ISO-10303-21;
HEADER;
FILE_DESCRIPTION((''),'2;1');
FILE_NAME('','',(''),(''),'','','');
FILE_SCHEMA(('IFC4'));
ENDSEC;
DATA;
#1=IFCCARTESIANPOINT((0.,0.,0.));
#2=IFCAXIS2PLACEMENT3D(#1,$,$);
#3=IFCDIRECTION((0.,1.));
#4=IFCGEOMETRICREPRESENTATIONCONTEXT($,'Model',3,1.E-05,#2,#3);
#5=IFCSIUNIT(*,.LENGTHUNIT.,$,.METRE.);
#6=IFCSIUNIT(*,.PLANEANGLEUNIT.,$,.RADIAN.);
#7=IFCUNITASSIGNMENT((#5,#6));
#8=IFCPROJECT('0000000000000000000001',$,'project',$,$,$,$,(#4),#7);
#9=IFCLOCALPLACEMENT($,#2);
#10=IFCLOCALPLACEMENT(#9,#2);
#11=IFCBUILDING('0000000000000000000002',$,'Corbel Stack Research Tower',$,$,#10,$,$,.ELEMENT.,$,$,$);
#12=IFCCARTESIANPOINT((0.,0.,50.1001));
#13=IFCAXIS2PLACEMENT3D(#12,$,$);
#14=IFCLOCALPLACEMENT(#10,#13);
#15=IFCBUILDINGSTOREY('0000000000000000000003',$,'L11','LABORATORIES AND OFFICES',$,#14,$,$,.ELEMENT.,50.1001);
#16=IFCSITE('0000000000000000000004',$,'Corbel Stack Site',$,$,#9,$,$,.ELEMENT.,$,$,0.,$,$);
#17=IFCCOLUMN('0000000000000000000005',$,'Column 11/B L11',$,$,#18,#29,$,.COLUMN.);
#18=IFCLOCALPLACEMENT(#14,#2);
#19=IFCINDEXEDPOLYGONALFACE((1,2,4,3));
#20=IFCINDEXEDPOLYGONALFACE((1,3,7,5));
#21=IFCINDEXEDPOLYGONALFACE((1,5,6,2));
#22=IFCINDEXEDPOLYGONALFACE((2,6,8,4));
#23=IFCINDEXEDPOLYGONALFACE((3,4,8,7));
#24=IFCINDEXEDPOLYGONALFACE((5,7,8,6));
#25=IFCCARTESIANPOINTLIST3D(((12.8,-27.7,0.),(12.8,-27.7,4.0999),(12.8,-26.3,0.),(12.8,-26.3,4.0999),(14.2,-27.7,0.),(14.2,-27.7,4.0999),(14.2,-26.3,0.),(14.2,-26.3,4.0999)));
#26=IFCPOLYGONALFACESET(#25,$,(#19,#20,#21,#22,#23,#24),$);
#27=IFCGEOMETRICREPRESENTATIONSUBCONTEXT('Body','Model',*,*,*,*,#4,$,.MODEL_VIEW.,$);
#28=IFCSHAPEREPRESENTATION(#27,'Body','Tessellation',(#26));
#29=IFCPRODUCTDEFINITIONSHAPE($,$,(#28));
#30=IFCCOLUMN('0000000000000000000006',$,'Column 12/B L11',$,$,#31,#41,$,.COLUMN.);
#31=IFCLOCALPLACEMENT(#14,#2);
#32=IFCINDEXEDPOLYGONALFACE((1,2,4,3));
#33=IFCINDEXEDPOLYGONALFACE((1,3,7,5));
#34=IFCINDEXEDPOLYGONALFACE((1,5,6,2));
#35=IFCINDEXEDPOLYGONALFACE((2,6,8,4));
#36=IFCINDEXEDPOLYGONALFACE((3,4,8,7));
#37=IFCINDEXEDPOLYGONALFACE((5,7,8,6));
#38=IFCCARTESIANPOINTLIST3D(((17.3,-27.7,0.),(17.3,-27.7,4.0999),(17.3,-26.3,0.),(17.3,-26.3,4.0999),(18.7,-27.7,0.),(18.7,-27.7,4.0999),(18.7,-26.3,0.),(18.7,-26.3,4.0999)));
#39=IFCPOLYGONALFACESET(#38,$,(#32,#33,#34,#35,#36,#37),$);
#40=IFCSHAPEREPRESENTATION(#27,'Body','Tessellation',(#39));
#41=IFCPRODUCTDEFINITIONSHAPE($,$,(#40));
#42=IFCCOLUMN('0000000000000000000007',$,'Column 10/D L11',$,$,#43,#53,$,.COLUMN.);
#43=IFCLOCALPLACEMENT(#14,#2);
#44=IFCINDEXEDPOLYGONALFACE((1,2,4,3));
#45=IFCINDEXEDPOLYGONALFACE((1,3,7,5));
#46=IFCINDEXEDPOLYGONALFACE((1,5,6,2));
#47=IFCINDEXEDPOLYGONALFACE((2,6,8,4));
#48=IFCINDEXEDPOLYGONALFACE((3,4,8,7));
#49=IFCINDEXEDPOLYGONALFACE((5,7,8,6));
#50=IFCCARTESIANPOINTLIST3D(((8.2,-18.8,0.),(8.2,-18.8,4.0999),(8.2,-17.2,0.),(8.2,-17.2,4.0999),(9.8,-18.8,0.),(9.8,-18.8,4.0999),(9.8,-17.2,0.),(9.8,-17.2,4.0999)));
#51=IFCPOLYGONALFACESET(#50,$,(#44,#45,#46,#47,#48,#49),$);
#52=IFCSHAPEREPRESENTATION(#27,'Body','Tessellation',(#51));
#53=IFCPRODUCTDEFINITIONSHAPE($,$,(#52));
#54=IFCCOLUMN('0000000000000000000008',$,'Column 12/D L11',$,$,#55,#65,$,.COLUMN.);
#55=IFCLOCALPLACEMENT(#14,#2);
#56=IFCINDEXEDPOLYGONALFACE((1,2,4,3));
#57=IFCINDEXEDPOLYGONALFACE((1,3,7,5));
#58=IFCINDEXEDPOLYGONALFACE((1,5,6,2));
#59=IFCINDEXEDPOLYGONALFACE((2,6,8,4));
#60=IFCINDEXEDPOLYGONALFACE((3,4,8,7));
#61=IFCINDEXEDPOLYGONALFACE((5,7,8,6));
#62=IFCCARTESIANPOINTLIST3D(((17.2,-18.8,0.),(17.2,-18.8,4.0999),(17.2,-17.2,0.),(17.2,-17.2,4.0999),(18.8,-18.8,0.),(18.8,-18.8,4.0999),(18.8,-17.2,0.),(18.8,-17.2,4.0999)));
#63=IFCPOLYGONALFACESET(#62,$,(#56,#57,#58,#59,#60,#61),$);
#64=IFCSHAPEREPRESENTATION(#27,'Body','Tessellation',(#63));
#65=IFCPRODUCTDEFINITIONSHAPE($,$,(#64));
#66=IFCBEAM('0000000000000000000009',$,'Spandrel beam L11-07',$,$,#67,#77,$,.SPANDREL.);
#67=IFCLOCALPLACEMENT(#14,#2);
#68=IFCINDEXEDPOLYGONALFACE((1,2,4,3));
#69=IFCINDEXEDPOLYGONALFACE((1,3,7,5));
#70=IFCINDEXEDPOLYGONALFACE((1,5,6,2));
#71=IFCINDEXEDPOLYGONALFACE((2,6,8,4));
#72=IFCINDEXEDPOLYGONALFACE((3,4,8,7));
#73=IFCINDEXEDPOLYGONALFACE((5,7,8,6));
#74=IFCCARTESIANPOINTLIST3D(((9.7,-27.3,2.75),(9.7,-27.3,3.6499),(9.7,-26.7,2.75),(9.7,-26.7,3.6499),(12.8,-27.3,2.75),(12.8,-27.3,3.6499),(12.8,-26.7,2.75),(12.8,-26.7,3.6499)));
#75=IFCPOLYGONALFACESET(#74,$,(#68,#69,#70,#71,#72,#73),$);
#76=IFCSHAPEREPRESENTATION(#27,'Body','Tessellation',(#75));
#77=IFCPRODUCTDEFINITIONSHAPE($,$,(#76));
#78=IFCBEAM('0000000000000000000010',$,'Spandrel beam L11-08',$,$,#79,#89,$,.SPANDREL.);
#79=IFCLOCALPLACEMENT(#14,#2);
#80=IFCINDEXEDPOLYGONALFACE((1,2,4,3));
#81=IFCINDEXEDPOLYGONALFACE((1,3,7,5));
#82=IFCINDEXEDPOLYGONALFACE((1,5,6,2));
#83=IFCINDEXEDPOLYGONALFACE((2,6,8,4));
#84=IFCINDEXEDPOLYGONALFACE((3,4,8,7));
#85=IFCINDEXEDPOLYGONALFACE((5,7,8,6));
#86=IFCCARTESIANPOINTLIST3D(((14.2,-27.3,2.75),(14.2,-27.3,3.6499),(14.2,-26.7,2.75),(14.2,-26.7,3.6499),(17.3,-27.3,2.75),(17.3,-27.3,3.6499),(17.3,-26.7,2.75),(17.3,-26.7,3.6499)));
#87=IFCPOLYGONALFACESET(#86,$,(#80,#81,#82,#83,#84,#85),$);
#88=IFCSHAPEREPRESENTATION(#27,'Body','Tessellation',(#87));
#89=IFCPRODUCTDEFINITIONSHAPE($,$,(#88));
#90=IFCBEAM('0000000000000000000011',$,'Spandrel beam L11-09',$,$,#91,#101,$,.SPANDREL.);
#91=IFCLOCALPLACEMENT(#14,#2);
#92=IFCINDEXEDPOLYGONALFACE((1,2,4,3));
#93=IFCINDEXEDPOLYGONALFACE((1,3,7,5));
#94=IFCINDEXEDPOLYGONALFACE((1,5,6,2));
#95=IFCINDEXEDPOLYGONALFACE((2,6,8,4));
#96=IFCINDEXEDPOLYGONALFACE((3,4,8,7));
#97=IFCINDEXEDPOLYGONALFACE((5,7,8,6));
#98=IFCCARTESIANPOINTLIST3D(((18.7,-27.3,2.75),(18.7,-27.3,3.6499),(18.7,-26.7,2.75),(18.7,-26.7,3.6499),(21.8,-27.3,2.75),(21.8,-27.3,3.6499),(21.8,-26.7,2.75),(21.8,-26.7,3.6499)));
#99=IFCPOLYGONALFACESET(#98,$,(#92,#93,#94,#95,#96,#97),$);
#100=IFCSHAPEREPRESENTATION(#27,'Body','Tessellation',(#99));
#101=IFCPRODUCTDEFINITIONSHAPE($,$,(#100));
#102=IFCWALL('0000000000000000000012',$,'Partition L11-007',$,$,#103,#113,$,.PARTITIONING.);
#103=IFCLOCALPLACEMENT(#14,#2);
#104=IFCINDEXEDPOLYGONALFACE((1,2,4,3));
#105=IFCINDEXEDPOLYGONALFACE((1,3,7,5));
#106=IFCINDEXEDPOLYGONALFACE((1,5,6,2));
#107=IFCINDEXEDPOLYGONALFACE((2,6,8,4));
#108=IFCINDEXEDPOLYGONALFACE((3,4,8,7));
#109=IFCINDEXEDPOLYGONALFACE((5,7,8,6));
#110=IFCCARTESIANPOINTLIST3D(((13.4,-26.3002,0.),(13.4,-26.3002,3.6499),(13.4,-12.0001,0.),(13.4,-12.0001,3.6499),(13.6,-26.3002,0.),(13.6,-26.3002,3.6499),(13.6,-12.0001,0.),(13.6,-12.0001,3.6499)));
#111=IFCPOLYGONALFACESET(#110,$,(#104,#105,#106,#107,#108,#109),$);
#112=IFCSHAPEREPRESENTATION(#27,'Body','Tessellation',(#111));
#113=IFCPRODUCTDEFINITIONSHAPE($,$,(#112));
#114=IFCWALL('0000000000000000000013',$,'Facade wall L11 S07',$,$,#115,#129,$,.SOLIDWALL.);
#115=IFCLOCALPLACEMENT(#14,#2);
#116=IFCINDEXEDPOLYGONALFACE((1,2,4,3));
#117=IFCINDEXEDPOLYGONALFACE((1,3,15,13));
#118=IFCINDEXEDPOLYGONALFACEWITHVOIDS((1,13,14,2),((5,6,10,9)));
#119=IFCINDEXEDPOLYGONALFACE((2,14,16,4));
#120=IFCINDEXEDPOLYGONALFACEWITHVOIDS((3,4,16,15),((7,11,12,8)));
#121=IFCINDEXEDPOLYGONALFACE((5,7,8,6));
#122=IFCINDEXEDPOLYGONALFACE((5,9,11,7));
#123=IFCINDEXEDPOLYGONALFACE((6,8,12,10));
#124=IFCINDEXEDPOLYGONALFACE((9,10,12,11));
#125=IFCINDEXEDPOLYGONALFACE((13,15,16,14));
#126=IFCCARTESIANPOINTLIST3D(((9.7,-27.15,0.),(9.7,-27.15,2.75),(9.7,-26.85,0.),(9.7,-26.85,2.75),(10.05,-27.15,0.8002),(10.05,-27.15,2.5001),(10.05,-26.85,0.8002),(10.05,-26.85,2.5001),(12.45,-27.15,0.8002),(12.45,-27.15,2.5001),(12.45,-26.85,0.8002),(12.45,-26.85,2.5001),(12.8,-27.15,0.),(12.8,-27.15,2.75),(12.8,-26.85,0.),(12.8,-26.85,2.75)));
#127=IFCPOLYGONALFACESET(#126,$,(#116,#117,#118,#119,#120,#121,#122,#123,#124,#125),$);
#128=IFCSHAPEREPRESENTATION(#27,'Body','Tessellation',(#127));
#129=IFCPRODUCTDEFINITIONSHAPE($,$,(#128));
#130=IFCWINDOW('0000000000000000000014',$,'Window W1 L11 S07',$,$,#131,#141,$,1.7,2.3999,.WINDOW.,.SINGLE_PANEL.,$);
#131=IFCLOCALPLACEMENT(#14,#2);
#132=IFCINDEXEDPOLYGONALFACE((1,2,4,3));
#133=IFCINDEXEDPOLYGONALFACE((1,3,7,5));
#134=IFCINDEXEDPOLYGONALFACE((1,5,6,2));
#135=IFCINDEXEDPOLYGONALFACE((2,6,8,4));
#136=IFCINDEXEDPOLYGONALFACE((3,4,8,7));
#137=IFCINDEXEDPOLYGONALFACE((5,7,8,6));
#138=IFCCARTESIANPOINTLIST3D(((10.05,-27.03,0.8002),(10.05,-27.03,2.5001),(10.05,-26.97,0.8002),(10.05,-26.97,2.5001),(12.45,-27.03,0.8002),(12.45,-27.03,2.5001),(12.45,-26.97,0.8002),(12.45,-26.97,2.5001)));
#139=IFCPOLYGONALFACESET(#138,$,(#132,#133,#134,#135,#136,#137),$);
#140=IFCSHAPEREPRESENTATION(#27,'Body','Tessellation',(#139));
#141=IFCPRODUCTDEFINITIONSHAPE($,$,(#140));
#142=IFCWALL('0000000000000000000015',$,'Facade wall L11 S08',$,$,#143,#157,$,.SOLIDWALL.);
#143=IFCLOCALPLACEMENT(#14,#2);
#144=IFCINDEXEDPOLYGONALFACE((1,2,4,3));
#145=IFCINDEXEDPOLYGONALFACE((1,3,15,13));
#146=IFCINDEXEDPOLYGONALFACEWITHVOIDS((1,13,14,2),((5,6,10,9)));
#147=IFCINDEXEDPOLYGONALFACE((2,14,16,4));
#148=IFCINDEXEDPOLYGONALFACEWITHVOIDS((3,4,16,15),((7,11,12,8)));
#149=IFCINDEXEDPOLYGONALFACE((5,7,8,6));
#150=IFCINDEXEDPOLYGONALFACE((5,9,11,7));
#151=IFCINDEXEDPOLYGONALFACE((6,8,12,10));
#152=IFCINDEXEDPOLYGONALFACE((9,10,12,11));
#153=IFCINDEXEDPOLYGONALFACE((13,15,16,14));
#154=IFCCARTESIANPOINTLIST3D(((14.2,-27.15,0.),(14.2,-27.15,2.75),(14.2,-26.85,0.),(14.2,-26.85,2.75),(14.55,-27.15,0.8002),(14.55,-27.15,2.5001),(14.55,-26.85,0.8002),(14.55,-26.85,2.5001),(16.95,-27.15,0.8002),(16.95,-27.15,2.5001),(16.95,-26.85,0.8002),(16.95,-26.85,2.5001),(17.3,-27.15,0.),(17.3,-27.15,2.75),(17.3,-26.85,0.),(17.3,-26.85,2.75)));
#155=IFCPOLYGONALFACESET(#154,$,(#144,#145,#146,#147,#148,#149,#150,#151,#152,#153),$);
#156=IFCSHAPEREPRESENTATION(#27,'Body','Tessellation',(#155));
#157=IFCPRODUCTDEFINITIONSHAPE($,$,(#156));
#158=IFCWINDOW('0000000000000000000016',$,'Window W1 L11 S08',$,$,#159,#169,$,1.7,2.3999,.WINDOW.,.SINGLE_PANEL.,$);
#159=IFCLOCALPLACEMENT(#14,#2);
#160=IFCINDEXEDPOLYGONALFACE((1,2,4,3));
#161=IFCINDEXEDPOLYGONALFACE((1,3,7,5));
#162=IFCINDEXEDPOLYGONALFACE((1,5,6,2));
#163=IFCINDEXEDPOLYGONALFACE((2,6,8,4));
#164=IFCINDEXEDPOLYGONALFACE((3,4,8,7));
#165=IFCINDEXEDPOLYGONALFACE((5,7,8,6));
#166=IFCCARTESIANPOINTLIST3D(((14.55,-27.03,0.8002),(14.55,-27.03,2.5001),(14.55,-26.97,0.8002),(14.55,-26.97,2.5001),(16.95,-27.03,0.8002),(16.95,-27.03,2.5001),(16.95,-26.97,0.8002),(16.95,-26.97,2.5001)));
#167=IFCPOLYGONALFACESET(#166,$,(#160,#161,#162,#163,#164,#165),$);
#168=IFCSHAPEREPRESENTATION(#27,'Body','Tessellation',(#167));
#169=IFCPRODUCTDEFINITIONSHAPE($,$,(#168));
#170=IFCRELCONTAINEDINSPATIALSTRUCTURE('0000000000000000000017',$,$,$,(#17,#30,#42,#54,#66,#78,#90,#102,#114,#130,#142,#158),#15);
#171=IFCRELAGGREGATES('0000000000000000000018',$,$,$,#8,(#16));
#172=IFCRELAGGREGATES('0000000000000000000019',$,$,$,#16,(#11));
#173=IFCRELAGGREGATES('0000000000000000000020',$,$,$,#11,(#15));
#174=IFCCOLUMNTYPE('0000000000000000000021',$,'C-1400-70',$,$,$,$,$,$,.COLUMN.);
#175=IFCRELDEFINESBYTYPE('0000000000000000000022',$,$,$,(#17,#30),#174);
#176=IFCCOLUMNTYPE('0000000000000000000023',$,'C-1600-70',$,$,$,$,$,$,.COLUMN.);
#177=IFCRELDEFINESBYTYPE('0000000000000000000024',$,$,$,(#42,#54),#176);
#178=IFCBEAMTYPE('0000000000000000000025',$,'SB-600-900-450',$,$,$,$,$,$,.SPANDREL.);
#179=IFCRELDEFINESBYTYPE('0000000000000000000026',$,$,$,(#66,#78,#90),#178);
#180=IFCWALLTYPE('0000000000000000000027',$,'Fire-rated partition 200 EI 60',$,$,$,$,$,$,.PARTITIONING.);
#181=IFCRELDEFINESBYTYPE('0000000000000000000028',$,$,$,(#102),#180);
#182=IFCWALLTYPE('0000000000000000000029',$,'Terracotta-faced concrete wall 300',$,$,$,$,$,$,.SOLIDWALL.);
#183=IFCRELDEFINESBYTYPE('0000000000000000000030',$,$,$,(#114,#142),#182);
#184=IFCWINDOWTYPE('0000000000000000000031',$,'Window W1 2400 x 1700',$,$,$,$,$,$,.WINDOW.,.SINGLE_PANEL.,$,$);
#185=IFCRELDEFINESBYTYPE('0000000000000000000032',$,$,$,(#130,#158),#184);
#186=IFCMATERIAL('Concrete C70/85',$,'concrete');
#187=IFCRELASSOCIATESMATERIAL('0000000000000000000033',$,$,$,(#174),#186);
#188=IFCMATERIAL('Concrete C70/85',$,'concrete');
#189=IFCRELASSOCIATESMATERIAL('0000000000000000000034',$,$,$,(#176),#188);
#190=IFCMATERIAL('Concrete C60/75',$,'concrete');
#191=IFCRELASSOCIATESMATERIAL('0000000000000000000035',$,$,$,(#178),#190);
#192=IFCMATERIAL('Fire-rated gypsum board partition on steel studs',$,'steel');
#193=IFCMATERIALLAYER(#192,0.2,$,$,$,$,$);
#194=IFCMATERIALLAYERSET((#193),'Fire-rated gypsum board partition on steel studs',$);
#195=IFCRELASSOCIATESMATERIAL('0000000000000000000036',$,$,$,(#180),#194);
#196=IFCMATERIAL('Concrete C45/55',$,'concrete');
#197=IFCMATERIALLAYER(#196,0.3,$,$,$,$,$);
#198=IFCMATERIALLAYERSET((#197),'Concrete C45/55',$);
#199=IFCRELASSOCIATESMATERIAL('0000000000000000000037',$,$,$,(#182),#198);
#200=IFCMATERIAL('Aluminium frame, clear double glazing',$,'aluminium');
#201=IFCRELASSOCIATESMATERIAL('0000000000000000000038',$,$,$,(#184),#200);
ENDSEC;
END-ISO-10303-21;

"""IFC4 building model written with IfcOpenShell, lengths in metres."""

from ifc_helpers import new_model, si_unit, direction, frame, frame_2d, origin, origin_2d, place, context, subcontext, project, spatial, rectangle, extrude, material, layer, layer_set, material_profile, profile_set, type_object, element, fill, save


model = new_model("IFC4")

# Units and contexts
model_context = context("Model", 3, precision=1e-05, world=origin(), true_north=direction((0.0, 1.0)))
body_context = subcontext(model_context, "Body", "Model", "MODEL_VIEW")
ifc_project = project(units=[si_unit("LENGTHUNIT", "METRE"), si_unit("PLANEANGLEUNIT", "RADIAN")], contexts=[model_context])

# Site, building, storey
site_placement = place(None, origin())
site = spatial("IfcSite", under=ifc_project, at=site_placement, Name="Corbel Stack Site", CompositionType="ELEMENT", RefElevation=0.0)
building_placement = place(site_placement, origin())
building = spatial("IfcBuilding", under=site, at=building_placement, Name="Corbel Stack Research Tower", CompositionType="ELEMENT")
storey_placement = place(building_placement, frame((0.0, 0.0, 50.1001)))
storey = spatial("IfcBuildingStorey", under=building, at=storey_placement, Name="L11", Description="LABORATORIES AND OFFICES", CompositionType="ELEMENT", Elevation=50.1001)

# Columns
ifc_material_1 = material(Name="Concrete C70/85", Category="concrete")
ifc_material_profile_1 = material_profile(ifc_material_1, rectangle(XDim=1.3999, YDim=1.3999, at=origin_2d()), Name="RC 1400 x 1400")
ifc_profile_set_1 = profile_set([ifc_material_profile_1], Name="Concrete C70/85")
column_type_1 = type_object("IfcColumnType", Name="C-1400-70", PredefinedType="COLUMN", material=ifc_profile_set_1)
for number, where, z_axis, x_axis, name in (
    (1, (13.5, -27.0, 0.0), (0.0, 0.0, 1.0), (1.0, 0.0, 0.0), "Column 11/B L11"),
    (2, (18.0, -27.0, 0.0), (0.0, 0.0, 1.0), (1.0, 0.0, 0.0), "Column 12/B L11"),
):
    element("IfcColumn", number, at=place(storey_placement, frame(where, z_axis=z_axis, x_axis=x_axis)), inside=storey, type_object=column_type_1, Name=name, PredefinedType="COLUMN", context=body_context, shape_type="SweptSolid", body=[
        extrude(rectangle(XDim=1.3999, YDim=1.3999, at=origin_2d()), origin(), (0.0, 0.0, 1.0), 4.0999),
    ])
ifc_material_2 = material(Name="Concrete C70/85", Category="concrete")
ifc_material_profile_2 = material_profile(ifc_material_2, rectangle(XDim=1.6001, YDim=1.6001, at=origin_2d()), Name="RC 1600 x 1600")
ifc_profile_set_2 = profile_set([ifc_material_profile_2], Name="Concrete C70/85")
column_type_2 = type_object("IfcColumnType", Name="C-1600-70", PredefinedType="COLUMN", material=ifc_profile_set_2)
for number, where, z_axis, x_axis, name in (
    (3, (9.0, -18.0, 0.0), (0.0, 0.0, 1.0), (1.0, 0.0, 0.0), "Column 10/D L11"),
    (4, (18.0, -18.0, 0.0), (0.0, 0.0, 1.0), (1.0, 0.0, 0.0), "Column 12/D L11"),
):
    element("IfcColumn", number, at=place(storey_placement, frame(where, z_axis=z_axis, x_axis=x_axis)), inside=storey, type_object=column_type_2, Name=name, PredefinedType="COLUMN", context=body_context, shape_type="SweptSolid", body=[
        extrude(rectangle(XDim=1.6001, YDim=1.6001, at=origin_2d()), origin(), (0.0, 0.0, 1.0), 4.0999),
    ])

# Beams
ifc_material_3 = material(Name="Concrete C60/75", Category="concrete")
ifc_material_profile_3 = material_profile(ifc_material_3, rectangle(XDim=0.6001, YDim=0.8999, at=origin_2d()), Name="RC 600 x 900")
ifc_profile_set_3 = profile_set([ifc_material_profile_3], Name="Concrete C60/75")
beam_type = type_object("IfcBeamType", Name="SB-600-900-450", PredefinedType="SPANDREL", material=ifc_profile_set_3)
for number, where, z_axis, x_axis, name in (
    (5, (9.7, -27.0, 3.2), (1.0, 0.0, 0.0), (0.0, 1.0, 0.0), "Spandrel beam L11-07"),
    (6, (14.2, -27.0, 3.2), (1.0, 0.0, 0.0), (0.0, 1.0, 0.0), "Spandrel beam L11-08"),
    (7, (18.7, -27.0, 3.2), (1.0, 0.0, 0.0), (0.0, 1.0, 0.0), "Spandrel beam L11-09"),
):
    element("IfcBeam", number, at=place(storey_placement, frame(where, z_axis=z_axis, x_axis=x_axis)), inside=storey, type_object=beam_type, Name=name, PredefinedType="SPANDREL", context=body_context, shape_type="SweptSolid", body=[
        extrude(rectangle(XDim=0.6001, YDim=0.8999, at=origin_2d()), origin(), (0.0, 0.0, 1.0), 3.1001),
    ])

# Wall
ifc_material_4 = material(Name="Fire-rated gypsum board partition on steel studs", Category="steel")
ifc_layer_1 = layer(ifc_material_4, 0.2)
ifc_layer_set_1 = layer_set([ifc_layer_1], Name="Fire-rated gypsum board partition on steel studs")
wall_type_1 = type_object("IfcWallType", Name="Fire-rated partition 200 EI 60", PredefinedType="PARTITIONING", material=ifc_layer_set_1)
wall_1_placement = place(storey_placement, frame((13.5, -26.3, 0.0), z_axis=(0.0, 0.0, 1.0), x_axis=(0.0, 1.0, 0.0)))
element("IfcWall", 8, at=wall_1_placement, inside=storey, type_object=wall_type_1, Name="Partition L11-007", PredefinedType="PARTITIONING", context=body_context, shape_type="SweptSolid", body=[
    extrude(rectangle(XDim=14.3, YDim=0.2, at=frame_2d((7.1499, 0.0))), origin(), (0.0, 0.0, 1.0), 3.6499),
])

# Walls, openings, windows
ifc_material_5 = material(Name="Concrete C45/55", Category="concrete")
ifc_layer_2 = layer(ifc_material_5, 0.3)
ifc_layer_set_2 = layer_set([ifc_layer_2], Name="Concrete C45/55")
wall_type_2 = type_object("IfcWallType", Name="Terracotta-faced concrete wall 300", PredefinedType="SOLIDWALL", material=ifc_layer_set_2)
wall_2_placement = place(storey_placement, frame((12.8, -27.0, 0.0), z_axis=(0.0, 0.0, 1.0), x_axis=(-1.0, 0.0, 0.0)))
wall_2 = element("IfcWall", 9, at=wall_2_placement, inside=storey, type_object=wall_type_2, Name="Facade wall L11 S07", PredefinedType="SOLIDWALL", context=body_context, shape_type="SweptSolid", body=[
    extrude(rectangle(XDim=3.1001, YDim=0.3, at=frame_2d((1.55, 0.0))), origin(), (0.0, 0.0, 1.0), 2.75),
])
opening_1_placement = place(wall_2_placement, frame((0.3501, 0.0, 0.8)))
opening_1 = element("IfcOpeningElement", 10, at=opening_1_placement, cuts=wall_2, PredefinedType="OPENING", context=body_context, shape_type="SweptSolid", body=[
    extrude(rectangle(XDim=2.3999, YDim=1.7, at=frame_2d((1.2, 0.8501))), frame((0.0, 0.1599, 0.0), z_axis=(0.0, -1.0, 0.0), x_axis=(1.0, 0.0, 0.0)), (0.0, 0.0, 1.0), 0.3201),
])
ifc_material_6 = material(Name="Aluminium frame, clear double glazing", Category="aluminium")
window_type = type_object("IfcWindowType", Name="Window W1 2400 x 1700", PartitioningType="SINGLE_PANEL", PredefinedType="WINDOW", material=ifc_material_6)
window_1_placement = place(opening_1_placement, origin())
window_1 = element("IfcWindow", 11, at=window_1_placement, inside=storey, type_object=window_type, Name="Window W1 L11 S07", OverallHeight=1.7, OverallWidth=2.3999, PartitioningType="SINGLE_PANEL", PredefinedType="WINDOW", context=body_context, shape_type="SweptSolid", body=[
    extrude(rectangle(XDim=2.3999, YDim=1.7, at=frame_2d((1.2, 0.8501))), frame((0.0, 0.03, 0.0), z_axis=(0.0, -1.0, 0.0), x_axis=(1.0, 0.0, 0.0)), (0.0, 0.0, 1.0), 0.0601),
])
fill(opening_1, window_1)
wall_3_placement = place(storey_placement, frame((17.3, -27.0, 0.0), z_axis=(0.0, 0.0, 1.0), x_axis=(-1.0, 0.0, 0.0)))
wall_3 = element("IfcWall", 12, at=wall_3_placement, inside=storey, type_object=wall_type_2, Name="Facade wall L11 S08", PredefinedType="SOLIDWALL", context=body_context, shape_type="SweptSolid", body=[
    extrude(rectangle(XDim=3.1001, YDim=0.3, at=frame_2d((1.55, 0.0))), origin(), (0.0, 0.0, 1.0), 2.75),
])
opening_2_placement = place(wall_3_placement, frame((0.3501, 0.0, 0.8)))
opening_2 = element("IfcOpeningElement", 13, at=opening_2_placement, cuts=wall_3, PredefinedType="OPENING", context=body_context, shape_type="SweptSolid", body=[
    extrude(rectangle(XDim=2.3999, YDim=1.7, at=frame_2d((1.2, 0.8501))), frame((0.0, 0.1599, 0.0), z_axis=(0.0, -1.0, 0.0), x_axis=(1.0, 0.0, 0.0)), (0.0, 0.0, 1.0), 0.3201),
])
window_2_placement = place(opening_2_placement, origin())
window_2 = element("IfcWindow", 14, at=window_2_placement, inside=storey, type_object=window_type, Name="Window W1 L11 S08", OverallHeight=1.7, OverallWidth=2.3999, PartitioningType="SINGLE_PANEL", PredefinedType="WINDOW", context=body_context, shape_type="SweptSolid", body=[
    extrude(rectangle(XDim=2.3999, YDim=1.7, at=frame_2d((1.2, 0.8501))), frame((0.0, 0.03, 0.0), z_axis=(0.0, -1.0, 0.0), x_axis=(1.0, 0.0, 0.0)), (0.0, 0.0, 1.0), 0.0601),
])
fill(opening_2, window_2)

save(model, "model.ifc")
